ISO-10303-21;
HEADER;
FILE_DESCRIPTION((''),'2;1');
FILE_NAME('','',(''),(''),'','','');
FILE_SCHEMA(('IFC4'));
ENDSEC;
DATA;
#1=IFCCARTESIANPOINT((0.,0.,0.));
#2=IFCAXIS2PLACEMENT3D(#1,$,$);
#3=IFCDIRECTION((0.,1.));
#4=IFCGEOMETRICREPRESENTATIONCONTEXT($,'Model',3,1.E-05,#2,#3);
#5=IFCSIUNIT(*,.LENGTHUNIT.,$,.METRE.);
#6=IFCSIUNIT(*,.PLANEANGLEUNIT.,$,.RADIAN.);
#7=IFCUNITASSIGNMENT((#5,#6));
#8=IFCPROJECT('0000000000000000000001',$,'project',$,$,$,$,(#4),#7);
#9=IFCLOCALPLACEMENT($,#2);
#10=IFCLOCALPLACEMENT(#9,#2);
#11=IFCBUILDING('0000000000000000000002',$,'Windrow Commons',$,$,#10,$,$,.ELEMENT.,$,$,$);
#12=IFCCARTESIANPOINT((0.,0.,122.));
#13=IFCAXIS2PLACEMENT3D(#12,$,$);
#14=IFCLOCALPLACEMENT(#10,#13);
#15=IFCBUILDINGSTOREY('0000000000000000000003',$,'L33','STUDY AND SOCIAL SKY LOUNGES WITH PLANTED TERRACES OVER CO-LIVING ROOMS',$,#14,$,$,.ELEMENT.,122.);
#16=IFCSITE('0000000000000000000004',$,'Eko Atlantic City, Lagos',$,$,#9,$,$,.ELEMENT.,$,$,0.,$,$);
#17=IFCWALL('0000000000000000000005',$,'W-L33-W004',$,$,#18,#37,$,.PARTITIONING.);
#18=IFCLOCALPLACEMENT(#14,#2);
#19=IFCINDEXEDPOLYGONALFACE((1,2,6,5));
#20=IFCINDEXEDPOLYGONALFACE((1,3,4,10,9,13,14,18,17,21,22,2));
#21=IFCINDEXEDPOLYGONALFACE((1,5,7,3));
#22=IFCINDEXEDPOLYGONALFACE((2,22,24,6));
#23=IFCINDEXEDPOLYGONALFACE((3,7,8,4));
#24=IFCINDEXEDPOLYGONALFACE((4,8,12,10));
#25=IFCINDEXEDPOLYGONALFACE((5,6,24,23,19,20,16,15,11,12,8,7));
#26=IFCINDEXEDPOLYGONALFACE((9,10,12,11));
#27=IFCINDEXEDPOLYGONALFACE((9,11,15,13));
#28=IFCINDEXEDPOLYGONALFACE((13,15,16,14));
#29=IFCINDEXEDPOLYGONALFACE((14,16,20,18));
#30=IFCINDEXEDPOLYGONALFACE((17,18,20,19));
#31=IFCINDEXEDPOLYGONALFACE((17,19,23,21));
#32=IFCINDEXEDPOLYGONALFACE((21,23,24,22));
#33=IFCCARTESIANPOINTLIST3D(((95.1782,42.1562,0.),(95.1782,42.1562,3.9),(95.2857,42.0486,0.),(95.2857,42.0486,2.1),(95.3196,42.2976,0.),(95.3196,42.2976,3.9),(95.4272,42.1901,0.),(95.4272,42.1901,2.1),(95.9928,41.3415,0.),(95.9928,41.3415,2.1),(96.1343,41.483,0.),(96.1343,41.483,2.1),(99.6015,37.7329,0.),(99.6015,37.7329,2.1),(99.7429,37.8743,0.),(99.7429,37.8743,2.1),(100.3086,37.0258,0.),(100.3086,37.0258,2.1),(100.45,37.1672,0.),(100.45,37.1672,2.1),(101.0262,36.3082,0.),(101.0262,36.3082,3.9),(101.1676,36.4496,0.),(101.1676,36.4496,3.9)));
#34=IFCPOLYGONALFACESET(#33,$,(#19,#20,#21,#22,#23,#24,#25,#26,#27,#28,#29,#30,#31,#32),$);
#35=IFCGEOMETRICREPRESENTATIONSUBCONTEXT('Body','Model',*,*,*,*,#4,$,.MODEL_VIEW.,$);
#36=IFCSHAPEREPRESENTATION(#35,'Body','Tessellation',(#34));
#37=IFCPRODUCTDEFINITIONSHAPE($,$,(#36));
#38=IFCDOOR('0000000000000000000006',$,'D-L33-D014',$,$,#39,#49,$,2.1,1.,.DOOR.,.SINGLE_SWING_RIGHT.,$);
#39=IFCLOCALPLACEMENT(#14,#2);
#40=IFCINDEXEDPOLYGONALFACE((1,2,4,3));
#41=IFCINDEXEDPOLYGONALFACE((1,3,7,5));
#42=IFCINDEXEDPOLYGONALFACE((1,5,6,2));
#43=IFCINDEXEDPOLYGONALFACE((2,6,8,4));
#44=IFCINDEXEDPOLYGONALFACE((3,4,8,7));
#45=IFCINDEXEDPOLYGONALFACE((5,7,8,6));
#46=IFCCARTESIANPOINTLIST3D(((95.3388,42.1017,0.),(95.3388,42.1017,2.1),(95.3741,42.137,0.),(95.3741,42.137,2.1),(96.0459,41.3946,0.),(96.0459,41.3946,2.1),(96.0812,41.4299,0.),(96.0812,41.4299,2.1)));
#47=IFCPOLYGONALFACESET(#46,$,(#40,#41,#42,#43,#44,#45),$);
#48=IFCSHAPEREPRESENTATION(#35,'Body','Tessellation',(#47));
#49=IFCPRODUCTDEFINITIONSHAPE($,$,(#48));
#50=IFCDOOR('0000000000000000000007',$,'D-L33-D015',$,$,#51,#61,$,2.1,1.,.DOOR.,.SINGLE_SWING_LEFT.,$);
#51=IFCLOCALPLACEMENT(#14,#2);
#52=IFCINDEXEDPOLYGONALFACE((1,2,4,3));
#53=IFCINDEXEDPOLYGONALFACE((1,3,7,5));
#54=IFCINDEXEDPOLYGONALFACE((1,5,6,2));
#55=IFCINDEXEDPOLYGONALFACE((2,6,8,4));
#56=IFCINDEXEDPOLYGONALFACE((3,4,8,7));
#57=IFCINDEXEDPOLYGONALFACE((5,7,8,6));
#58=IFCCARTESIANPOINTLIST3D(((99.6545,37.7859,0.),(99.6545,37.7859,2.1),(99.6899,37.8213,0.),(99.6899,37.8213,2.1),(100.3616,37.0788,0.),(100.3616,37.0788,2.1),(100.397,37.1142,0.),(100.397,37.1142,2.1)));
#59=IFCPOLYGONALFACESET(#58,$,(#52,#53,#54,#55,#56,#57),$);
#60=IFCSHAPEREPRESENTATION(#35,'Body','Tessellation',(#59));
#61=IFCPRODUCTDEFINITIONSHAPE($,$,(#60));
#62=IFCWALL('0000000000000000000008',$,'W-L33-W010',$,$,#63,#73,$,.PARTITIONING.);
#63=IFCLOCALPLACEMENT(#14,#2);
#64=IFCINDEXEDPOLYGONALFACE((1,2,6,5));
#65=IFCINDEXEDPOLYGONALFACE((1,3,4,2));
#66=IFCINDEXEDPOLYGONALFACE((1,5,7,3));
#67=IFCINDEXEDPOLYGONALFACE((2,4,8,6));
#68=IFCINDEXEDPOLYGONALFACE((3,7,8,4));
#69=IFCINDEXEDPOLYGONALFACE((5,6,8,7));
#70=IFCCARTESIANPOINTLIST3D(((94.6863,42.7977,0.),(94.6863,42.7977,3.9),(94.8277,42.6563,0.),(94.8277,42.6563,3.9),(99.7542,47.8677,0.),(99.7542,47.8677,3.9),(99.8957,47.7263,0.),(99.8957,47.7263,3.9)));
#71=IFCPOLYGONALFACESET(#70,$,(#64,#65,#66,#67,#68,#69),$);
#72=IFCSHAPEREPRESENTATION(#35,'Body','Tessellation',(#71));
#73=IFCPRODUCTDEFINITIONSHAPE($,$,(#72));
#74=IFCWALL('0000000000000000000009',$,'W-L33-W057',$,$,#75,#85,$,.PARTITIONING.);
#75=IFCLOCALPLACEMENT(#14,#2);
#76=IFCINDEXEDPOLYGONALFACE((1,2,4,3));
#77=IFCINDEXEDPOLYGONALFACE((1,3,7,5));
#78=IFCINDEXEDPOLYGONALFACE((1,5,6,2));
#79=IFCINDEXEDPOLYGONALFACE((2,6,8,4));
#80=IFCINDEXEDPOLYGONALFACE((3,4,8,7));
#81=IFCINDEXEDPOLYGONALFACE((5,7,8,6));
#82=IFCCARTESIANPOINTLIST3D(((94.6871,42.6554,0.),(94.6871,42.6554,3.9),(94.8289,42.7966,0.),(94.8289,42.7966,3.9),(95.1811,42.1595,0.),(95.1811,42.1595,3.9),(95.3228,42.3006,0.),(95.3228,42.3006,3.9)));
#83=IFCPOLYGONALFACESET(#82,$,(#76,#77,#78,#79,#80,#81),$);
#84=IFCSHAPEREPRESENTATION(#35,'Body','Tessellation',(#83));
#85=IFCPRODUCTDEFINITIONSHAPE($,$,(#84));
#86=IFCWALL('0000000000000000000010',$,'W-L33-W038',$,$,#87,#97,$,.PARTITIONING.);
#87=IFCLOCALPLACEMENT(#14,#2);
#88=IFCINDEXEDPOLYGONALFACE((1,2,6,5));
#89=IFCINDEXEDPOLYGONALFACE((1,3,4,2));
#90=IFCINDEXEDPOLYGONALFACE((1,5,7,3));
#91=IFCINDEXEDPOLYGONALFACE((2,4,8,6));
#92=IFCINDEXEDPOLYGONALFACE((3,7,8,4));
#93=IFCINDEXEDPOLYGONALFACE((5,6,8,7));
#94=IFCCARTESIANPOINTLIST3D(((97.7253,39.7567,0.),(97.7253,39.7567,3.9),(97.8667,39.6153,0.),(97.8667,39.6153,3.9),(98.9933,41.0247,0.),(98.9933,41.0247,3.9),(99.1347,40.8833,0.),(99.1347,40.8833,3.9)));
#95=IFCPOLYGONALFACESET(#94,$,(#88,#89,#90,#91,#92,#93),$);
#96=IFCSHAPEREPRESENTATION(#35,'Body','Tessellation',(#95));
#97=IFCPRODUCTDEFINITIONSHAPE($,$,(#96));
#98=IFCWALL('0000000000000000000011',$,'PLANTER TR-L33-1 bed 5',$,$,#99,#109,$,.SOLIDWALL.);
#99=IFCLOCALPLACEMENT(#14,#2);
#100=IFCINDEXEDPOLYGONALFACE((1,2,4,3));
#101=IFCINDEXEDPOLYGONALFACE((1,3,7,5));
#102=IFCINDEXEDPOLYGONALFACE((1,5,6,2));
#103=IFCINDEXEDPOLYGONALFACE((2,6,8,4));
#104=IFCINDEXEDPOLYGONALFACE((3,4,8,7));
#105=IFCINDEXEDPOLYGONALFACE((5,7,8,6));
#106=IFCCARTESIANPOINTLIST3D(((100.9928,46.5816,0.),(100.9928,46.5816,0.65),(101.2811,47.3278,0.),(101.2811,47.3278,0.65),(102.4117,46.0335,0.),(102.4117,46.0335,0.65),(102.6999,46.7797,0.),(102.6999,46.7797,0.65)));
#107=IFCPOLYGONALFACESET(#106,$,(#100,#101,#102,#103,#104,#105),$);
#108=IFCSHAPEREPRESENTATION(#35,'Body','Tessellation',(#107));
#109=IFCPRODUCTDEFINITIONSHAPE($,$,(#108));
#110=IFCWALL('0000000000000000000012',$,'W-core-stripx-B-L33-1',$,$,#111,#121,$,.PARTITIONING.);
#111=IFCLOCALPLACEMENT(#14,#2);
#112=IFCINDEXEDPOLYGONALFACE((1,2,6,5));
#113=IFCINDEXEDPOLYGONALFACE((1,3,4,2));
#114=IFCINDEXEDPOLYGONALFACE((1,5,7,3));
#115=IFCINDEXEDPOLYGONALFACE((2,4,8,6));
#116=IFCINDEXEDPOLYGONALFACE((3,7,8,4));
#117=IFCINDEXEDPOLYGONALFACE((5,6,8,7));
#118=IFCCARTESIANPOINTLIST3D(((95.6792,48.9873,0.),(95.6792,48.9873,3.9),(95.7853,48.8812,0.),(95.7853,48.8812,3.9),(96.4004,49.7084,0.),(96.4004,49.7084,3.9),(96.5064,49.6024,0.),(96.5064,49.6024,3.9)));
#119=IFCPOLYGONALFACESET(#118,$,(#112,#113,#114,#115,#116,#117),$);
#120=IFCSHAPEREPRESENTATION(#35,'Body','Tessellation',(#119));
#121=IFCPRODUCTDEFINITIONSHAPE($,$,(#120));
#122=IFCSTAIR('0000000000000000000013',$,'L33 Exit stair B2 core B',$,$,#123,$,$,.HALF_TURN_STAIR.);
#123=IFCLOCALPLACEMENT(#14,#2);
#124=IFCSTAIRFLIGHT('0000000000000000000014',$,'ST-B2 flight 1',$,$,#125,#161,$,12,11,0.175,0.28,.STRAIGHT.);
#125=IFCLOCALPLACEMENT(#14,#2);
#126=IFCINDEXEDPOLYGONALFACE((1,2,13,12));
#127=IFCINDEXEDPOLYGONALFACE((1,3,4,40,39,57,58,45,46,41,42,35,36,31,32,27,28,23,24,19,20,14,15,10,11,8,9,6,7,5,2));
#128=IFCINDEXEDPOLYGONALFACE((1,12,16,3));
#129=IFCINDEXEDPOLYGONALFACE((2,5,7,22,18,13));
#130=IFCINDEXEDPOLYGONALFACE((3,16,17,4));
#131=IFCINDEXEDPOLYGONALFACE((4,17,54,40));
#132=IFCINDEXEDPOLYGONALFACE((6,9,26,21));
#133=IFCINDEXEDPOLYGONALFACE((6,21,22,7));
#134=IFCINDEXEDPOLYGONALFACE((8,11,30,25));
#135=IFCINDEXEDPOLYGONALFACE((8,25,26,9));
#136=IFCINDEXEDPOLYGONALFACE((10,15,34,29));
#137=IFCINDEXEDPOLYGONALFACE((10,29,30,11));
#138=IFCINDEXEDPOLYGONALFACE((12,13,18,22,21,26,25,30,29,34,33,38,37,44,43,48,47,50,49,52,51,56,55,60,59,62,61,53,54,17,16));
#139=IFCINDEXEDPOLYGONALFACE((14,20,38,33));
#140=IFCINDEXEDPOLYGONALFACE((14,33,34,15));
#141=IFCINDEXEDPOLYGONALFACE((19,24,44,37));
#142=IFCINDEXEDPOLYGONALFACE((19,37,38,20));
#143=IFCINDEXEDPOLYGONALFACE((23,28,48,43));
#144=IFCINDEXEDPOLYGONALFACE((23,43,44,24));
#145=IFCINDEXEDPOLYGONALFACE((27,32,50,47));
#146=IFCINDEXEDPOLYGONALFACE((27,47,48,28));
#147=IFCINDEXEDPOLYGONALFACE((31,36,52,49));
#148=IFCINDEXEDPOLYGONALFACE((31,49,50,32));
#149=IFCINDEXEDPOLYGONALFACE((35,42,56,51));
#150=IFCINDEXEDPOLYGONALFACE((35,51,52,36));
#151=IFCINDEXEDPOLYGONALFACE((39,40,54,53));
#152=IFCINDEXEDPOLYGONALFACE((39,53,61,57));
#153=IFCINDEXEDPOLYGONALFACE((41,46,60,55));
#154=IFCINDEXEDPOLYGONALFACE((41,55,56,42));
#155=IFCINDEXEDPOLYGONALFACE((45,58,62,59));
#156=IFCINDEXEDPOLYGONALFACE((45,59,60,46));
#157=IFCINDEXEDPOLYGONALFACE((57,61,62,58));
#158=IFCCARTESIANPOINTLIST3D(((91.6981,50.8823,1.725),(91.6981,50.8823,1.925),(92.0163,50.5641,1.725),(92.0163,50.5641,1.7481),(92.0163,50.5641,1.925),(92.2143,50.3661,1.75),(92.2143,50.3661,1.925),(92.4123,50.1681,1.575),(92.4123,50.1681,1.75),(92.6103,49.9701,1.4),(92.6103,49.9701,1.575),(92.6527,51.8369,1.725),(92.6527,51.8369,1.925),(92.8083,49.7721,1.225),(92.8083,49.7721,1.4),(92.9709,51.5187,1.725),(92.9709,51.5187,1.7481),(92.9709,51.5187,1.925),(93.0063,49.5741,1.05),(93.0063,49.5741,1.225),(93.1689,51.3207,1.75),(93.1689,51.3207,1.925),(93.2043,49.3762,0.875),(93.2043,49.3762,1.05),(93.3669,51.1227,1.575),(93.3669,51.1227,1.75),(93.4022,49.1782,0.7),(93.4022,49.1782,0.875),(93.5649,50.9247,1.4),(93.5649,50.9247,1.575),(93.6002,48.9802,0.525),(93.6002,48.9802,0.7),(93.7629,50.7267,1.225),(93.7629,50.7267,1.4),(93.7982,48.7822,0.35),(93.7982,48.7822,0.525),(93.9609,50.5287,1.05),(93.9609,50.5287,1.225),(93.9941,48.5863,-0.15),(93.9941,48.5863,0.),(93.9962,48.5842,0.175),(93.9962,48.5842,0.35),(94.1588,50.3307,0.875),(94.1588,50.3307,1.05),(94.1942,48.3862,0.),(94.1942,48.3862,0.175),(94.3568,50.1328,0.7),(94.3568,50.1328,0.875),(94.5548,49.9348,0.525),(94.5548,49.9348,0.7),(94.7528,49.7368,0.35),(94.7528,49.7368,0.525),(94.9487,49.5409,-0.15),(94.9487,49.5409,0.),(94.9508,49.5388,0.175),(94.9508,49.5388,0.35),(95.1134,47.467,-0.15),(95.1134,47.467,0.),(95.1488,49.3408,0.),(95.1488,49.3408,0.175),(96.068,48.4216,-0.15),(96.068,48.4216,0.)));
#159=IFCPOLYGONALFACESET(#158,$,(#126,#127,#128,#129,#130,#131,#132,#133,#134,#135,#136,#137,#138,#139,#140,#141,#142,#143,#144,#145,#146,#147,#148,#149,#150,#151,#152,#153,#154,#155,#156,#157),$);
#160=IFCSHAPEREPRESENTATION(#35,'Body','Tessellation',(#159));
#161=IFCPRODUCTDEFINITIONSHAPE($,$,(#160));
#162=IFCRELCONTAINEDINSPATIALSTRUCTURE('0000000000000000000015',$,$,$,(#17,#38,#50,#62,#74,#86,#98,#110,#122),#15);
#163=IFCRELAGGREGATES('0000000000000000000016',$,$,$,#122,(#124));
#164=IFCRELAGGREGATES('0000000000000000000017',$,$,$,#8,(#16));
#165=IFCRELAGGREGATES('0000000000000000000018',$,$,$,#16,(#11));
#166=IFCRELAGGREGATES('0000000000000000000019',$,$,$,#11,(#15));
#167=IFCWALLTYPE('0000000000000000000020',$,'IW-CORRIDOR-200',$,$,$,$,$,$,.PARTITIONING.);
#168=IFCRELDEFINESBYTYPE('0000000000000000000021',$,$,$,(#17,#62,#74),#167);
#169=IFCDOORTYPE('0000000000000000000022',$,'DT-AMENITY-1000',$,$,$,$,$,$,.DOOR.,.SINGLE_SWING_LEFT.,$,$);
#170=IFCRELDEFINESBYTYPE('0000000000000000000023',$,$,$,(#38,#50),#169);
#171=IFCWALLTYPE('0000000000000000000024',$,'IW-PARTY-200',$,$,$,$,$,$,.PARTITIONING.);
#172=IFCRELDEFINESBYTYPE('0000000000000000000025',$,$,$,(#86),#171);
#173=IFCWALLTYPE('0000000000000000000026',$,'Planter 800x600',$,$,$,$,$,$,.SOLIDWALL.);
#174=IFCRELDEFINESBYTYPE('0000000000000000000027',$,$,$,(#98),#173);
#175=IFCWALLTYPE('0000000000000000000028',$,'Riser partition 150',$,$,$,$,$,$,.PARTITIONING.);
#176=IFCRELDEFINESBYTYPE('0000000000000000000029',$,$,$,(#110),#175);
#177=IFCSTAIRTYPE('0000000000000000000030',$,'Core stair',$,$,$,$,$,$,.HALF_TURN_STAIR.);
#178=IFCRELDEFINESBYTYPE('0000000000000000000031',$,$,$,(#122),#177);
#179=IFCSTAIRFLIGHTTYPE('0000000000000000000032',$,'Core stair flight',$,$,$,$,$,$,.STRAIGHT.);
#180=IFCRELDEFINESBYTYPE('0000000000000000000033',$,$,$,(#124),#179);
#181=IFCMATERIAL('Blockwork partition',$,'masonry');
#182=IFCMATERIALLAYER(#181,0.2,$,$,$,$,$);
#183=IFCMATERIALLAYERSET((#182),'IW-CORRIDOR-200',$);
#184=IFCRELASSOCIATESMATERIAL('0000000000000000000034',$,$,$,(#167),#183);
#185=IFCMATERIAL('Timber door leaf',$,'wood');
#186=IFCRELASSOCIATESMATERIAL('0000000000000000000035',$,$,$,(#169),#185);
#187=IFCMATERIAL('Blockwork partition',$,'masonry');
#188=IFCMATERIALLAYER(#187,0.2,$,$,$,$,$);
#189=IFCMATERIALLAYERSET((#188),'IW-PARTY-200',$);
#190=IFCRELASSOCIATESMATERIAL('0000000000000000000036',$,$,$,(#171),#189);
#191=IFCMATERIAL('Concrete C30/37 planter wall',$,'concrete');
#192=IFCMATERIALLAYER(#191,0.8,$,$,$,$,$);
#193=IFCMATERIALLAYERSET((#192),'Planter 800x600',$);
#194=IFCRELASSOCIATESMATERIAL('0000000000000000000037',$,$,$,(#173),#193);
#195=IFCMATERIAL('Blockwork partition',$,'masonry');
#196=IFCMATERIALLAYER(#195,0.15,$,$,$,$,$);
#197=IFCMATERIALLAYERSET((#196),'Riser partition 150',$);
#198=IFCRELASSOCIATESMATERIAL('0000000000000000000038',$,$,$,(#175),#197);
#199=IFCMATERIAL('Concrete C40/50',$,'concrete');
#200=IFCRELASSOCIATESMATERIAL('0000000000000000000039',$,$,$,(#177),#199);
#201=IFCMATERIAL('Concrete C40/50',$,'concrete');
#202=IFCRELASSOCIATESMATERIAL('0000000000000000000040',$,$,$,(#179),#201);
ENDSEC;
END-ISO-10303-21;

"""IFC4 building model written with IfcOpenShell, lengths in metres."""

from ifc_helpers import new_model, si_unit, direction, frame, frame_2d, origin, place, context, subcontext, project, spatial, polyline, rectangle, outline, extrude, material, layer, layer_set, type_object, element, fill, aggregate, save


model = new_model("IFC4")

# Units and contexts
model_context = context("Model", 3, precision=1e-05, world=origin(), true_north=direction((0.0, 1.0)))
body_context = subcontext(model_context, "Body", "Model", "MODEL_VIEW")
ifc_project = project(units=[si_unit("LENGTHUNIT", "METRE"), si_unit("PLANEANGLEUNIT", "RADIAN")], contexts=[model_context])

# Site, building, storey
site_placement = place(None, origin())
site = spatial("IfcSite", under=ifc_project, at=site_placement, Name="Eko Atlantic City, Lagos", CompositionType="ELEMENT", RefElevation=0.0)
building_placement = place(site_placement, origin())
building = spatial("IfcBuilding", under=site, at=building_placement, Name="Windrow Commons", CompositionType="ELEMENT")
storey_placement = place(building_placement, frame((0.0, 0.0, 122.0)))
storey = spatial("IfcBuildingStorey", under=building, at=storey_placement, Name="L33", Description="STUDY AND SOCIAL SKY LOUNGES WITH PLANTED TERRACES OVER CO-LIVING ROOMS", CompositionType="ELEMENT", Elevation=122.0)

# Shared definitions
placement = place(storey_placement, origin())

# Wall, openings, doors
ifc_material_1 = material(Name="Blockwork partition", Category="masonry")
ifc_layer_1 = layer(ifc_material_1, 0.2)
ifc_layer_set_1 = layer_set([ifc_layer_1], Name="IW-CORRIDOR-200")
wall_type_1 = type_object("IfcWallType", Name="IW-CORRIDOR-200", PredefinedType="PARTITIONING", material=ifc_layer_set_1)
wall_1_placement = place(storey_placement, frame((95.2489, 42.2269, 0.0), z_axis=(0.0, 0.0, 1.0), x_axis=(0.707107, -0.707107, 0.0)))
wall_1 = element("IfcWall", 1, at=wall_1_placement, inside=storey, type_object=wall_type_1, Name="W-L33-W004", PredefinedType="PARTITIONING", context=body_context, shape_type="SweptSolid", body=[
    extrude(rectangle(XDim=8.2703, YDim=0.2, at=frame_2d((4.1352, 0.0))), origin(), (0.0, 0.0, 1.0), 3.9),
])
opening_1_placement = place(wall_1_placement, frame((0.1521, 0.0, 0.0)))
opening_1 = element("IfcOpeningElement", 2, at=opening_1_placement, cuts=wall_1, PredefinedType="OPENING", context=body_context, shape_type="SweptSolid", body=[
    extrude(rectangle(XDim=1.0, YDim=2.1, at=frame_2d((0.5, 1.05))), frame((0.0, 0.11, 0.0), z_axis=(0.0, -1.0, 0.0), x_axis=(1.0, 0.0, 0.0)), (0.0, 0.0, 1.0), 0.22),
])
opening_2_placement = place(wall_1_placement, frame((6.2555, 0.0, 0.0)))
opening_2 = element("IfcOpeningElement", 3, at=opening_2_placement, cuts=wall_1, PredefinedType="OPENING", context=body_context, shape_type="SweptSolid", body=[
    extrude(rectangle(XDim=1.0, YDim=2.1, at=frame_2d((0.5, 1.05))), frame((0.0, 0.11, 0.0), z_axis=(0.0, -1.0, 0.0), x_axis=(1.0, 0.0, 0.0)), (0.0, 0.0, 1.0), 0.22),
])
ifc_material_2 = material(Name="Timber door leaf", Category="wood")
door_type = type_object("IfcDoorType", Name="DT-AMENITY-1000", OperationType="SINGLE_SWING_LEFT", PredefinedType="DOOR", material=ifc_material_2)
door_1_placement = place(opening_1_placement, origin())
door_1 = element("IfcDoor", 4, at=door_1_placement, inside=storey, type_object=door_type, Name="D-L33-D014", OperationType="SINGLE_SWING_RIGHT", OverallHeight=2.1, OverallWidth=1.0, PredefinedType="DOOR", context=body_context, shape_type="SweptSolid", body=[
    extrude(rectangle(XDim=1.0, YDim=2.1, at=frame_2d((0.5, 1.05))), frame((0.0, 0.025, 0.0), z_axis=(0.0, -1.0, 0.0), x_axis=(1.0, 0.0, 0.0)), (0.0, 0.0, 1.0), 0.05),
])
fill(opening_1, door_1)
door_2_placement = place(opening_2_placement, origin())
door_2 = element("IfcDoor", 5, at=door_2_placement, inside=storey, type_object=door_type, Name="D-L33-D015", OperationType="SINGLE_SWING_LEFT", OverallHeight=2.1, OverallWidth=1.0, PredefinedType="DOOR", context=body_context, shape_type="SweptSolid", body=[
    extrude(rectangle(XDim=1.0, YDim=2.1, at=frame_2d((0.5, 1.05))), frame((0.0, 0.025, 0.0), z_axis=(0.0, -1.0, 0.0), x_axis=(1.0, 0.0, 0.0)), (0.0, 0.0, 1.0), 0.05),
])
fill(opening_2, door_2)

# Walls
wall_2_placement = place(storey_placement, frame((94.757, 42.727, 0.0), z_axis=(0.0, 0.0, 1.0), x_axis=(0.706967, 0.707246, 0.0)))
element("IfcWall", 6, at=wall_2_placement, inside=storey, type_object=wall_type_1, Name="W-L33-W010", PredefinedType="PARTITIONING", context=body_context, shape_type="SweptSolid", body=[
    extrude(rectangle(XDim=7.1686, YDim=0.2, at=frame_2d((3.5843, 0.0))), origin(), (0.0, 0.0, 1.0), 3.9),
])
wall_3_placement = place(storey_placement, frame((94.758, 42.726, 0.0), z_axis=(0.0, 0.0, 1.0), x_axis=(0.705677, -0.708534, 0.0)))
element("IfcWall", 7, at=wall_3_placement, inside=storey, type_object=wall_type_1, Name="W-L33-W057", PredefinedType="PARTITIONING", context=body_context, shape_type="SweptSolid", body=[
    extrude(rectangle(XDim=0.7, YDim=0.2, at=frame_2d((0.35, 0.0))), origin(), (0.0, 0.0, 1.0), 3.9),
])
ifc_material_3 = material(Name="Blockwork partition", Category="masonry")
ifc_layer_2 = layer(ifc_material_3, 0.2)
ifc_layer_set_2 = layer_set([ifc_layer_2], Name="IW-PARTY-200")
wall_type_2 = type_object("IfcWallType", Name="IW-PARTY-200", PredefinedType="PARTITIONING", material=ifc_layer_set_2)
wall_4_placement = place(storey_placement, frame((97.796, 39.686, 0.0), z_axis=(0.0, 0.0, 1.0), x_axis=(0.707107, 0.707107, 0.0)))
element("IfcWall", 8, at=wall_4_placement, inside=storey, type_object=wall_type_2, Name="W-L33-W038", PredefinedType="PARTITIONING", context=body_context, shape_type="SweptSolid", body=[
    extrude(rectangle(XDim=1.7932, YDim=0.2, at=frame_2d((0.8966, 0.0))), origin(), (0.0, 0.0, 1.0), 3.9),
])
ifc_material_4 = material(Name="Concrete C30/37 planter wall", Category="concrete")
ifc_layer_3 = layer(ifc_material_4, 0.8)
ifc_layer_set_3 = layer_set([ifc_layer_3], Name="Planter 800x600")
wall_type_3 = type_object("IfcWallType", Name="Planter 800x600", PredefinedType="SOLIDWALL", material=ifc_layer_set_3)
wall_5_placement = place(storey_placement, frame((102.5558, 46.4066, 0.0), z_axis=(0.0, 0.0, 1.0), x_axis=(-0.932814, 0.360358, 0.0)))
element("IfcWall", 9, at=wall_5_placement, inside=storey, type_object=wall_type_3, Name="PLANTER TR-L33-1 bed 5", PredefinedType="SOLIDWALL", context=body_context, shape_type="SweptSolid", body=[
    extrude(rectangle(XDim=1.521, YDim=0.8, at=frame_2d((0.7605, 0.0))), origin(), (0.0, 0.0, 1.0), 0.65),
])
ifc_material_5 = material(Name="Blockwork partition", Category="masonry")
ifc_layer_4 = layer(ifc_material_5, 0.15)
ifc_layer_set_4 = layer_set([ifc_layer_4], Name="Riser partition 150")
wall_type_4 = type_object("IfcWallType", Name="Riser partition 150", PredefinedType="PARTITIONING", material=ifc_layer_set_4)
wall_6_placement = place(storey_placement, frame((95.7322, 48.9342, 0.0), z_axis=(0.0, 0.0, 1.0), x_axis=(0.707107, 0.707107, 0.0)))
element("IfcWall", 10, at=wall_6_placement, inside=storey, type_object=wall_type_4, Name="W-core-stripx-B-L33-1", PredefinedType="PARTITIONING", context=body_context, shape_type="SweptSolid", body=[
    extrude(rectangle(XDim=1.0199, YDim=0.15, at=frame_2d((0.51, 0.0))), origin(), (0.0, 0.0, 1.0), 3.9),
])

# Stair, stair flight
ifc_material_6 = material(Name="Concrete C40/50", Category="concrete")
stair_type = type_object("IfcStairType", Name="Core stair", PredefinedType="HALF_TURN_STAIR", material=ifc_material_6)
stair = element("IfcStair", 11, at=placement, inside=storey, type_object=stair_type, Name="L33 Exit stair B2 core B", PredefinedType="HALF_TURN_STAIR")
ifc_material_7 = material(Name="Concrete C40/50", Category="concrete")
stair_flight_type = type_object("IfcStairFlightType", Name="Core stair flight", PredefinedType="STRAIGHT", material=ifc_material_7)
stair_flight_placement = place(storey_placement, frame((94.6715, 48.8635, 0.0), z_axis=(0.0, 0.0, 1.0), x_axis=(-0.707107, 0.707107, 0.0)))
stair_flight = element("IfcStairFlight", 12, at=stair_flight_placement, type_object=stair_flight_type, Name="ST-B2 flight 1", NumberOfRisers=12, NumberOfTreads=11, PredefinedType="STRAIGHT", RiserHeight=0.175, TreadLength=0.28, context=body_context, shape_type="SweptSolid", body=[
    extrude(outline(polyline([(-1.3, -0.15), (-1.3, 0.0), (0.0, 0.0), (0.0, 0.175), (0.28, 0.175), (0.28, 0.35), (0.56, 0.35), (0.56, 0.525), (0.84, 0.525), (0.84, 0.7), (1.12, 0.7), (1.12, 0.875), (1.4, 0.875), (1.4, 1.05), (1.68, 1.05), (1.68, 1.225), (1.96, 1.225), (1.96, 1.4), (2.24, 1.4), (2.24, 1.575), (2.52, 1.575), (2.52, 1.75), (2.8, 1.75), (2.8, 1.925), (3.08, 1.925), (3.53, 1.925), (3.53, 1.725), (3.08, 1.725), (3.08, 1.7481), (0.283, 0.0), (0.283, -0.15), (-1.3, -0.15)])), frame((0.0, 0.675, 0.0), z_axis=(0.0, -1.0, 0.0), x_axis=(1.0, 0.0, 0.0)), (0.0, 0.0, 1.0), 1.35),
])
aggregate(stair, [stair_flight])

save(model, "model.ifc")
